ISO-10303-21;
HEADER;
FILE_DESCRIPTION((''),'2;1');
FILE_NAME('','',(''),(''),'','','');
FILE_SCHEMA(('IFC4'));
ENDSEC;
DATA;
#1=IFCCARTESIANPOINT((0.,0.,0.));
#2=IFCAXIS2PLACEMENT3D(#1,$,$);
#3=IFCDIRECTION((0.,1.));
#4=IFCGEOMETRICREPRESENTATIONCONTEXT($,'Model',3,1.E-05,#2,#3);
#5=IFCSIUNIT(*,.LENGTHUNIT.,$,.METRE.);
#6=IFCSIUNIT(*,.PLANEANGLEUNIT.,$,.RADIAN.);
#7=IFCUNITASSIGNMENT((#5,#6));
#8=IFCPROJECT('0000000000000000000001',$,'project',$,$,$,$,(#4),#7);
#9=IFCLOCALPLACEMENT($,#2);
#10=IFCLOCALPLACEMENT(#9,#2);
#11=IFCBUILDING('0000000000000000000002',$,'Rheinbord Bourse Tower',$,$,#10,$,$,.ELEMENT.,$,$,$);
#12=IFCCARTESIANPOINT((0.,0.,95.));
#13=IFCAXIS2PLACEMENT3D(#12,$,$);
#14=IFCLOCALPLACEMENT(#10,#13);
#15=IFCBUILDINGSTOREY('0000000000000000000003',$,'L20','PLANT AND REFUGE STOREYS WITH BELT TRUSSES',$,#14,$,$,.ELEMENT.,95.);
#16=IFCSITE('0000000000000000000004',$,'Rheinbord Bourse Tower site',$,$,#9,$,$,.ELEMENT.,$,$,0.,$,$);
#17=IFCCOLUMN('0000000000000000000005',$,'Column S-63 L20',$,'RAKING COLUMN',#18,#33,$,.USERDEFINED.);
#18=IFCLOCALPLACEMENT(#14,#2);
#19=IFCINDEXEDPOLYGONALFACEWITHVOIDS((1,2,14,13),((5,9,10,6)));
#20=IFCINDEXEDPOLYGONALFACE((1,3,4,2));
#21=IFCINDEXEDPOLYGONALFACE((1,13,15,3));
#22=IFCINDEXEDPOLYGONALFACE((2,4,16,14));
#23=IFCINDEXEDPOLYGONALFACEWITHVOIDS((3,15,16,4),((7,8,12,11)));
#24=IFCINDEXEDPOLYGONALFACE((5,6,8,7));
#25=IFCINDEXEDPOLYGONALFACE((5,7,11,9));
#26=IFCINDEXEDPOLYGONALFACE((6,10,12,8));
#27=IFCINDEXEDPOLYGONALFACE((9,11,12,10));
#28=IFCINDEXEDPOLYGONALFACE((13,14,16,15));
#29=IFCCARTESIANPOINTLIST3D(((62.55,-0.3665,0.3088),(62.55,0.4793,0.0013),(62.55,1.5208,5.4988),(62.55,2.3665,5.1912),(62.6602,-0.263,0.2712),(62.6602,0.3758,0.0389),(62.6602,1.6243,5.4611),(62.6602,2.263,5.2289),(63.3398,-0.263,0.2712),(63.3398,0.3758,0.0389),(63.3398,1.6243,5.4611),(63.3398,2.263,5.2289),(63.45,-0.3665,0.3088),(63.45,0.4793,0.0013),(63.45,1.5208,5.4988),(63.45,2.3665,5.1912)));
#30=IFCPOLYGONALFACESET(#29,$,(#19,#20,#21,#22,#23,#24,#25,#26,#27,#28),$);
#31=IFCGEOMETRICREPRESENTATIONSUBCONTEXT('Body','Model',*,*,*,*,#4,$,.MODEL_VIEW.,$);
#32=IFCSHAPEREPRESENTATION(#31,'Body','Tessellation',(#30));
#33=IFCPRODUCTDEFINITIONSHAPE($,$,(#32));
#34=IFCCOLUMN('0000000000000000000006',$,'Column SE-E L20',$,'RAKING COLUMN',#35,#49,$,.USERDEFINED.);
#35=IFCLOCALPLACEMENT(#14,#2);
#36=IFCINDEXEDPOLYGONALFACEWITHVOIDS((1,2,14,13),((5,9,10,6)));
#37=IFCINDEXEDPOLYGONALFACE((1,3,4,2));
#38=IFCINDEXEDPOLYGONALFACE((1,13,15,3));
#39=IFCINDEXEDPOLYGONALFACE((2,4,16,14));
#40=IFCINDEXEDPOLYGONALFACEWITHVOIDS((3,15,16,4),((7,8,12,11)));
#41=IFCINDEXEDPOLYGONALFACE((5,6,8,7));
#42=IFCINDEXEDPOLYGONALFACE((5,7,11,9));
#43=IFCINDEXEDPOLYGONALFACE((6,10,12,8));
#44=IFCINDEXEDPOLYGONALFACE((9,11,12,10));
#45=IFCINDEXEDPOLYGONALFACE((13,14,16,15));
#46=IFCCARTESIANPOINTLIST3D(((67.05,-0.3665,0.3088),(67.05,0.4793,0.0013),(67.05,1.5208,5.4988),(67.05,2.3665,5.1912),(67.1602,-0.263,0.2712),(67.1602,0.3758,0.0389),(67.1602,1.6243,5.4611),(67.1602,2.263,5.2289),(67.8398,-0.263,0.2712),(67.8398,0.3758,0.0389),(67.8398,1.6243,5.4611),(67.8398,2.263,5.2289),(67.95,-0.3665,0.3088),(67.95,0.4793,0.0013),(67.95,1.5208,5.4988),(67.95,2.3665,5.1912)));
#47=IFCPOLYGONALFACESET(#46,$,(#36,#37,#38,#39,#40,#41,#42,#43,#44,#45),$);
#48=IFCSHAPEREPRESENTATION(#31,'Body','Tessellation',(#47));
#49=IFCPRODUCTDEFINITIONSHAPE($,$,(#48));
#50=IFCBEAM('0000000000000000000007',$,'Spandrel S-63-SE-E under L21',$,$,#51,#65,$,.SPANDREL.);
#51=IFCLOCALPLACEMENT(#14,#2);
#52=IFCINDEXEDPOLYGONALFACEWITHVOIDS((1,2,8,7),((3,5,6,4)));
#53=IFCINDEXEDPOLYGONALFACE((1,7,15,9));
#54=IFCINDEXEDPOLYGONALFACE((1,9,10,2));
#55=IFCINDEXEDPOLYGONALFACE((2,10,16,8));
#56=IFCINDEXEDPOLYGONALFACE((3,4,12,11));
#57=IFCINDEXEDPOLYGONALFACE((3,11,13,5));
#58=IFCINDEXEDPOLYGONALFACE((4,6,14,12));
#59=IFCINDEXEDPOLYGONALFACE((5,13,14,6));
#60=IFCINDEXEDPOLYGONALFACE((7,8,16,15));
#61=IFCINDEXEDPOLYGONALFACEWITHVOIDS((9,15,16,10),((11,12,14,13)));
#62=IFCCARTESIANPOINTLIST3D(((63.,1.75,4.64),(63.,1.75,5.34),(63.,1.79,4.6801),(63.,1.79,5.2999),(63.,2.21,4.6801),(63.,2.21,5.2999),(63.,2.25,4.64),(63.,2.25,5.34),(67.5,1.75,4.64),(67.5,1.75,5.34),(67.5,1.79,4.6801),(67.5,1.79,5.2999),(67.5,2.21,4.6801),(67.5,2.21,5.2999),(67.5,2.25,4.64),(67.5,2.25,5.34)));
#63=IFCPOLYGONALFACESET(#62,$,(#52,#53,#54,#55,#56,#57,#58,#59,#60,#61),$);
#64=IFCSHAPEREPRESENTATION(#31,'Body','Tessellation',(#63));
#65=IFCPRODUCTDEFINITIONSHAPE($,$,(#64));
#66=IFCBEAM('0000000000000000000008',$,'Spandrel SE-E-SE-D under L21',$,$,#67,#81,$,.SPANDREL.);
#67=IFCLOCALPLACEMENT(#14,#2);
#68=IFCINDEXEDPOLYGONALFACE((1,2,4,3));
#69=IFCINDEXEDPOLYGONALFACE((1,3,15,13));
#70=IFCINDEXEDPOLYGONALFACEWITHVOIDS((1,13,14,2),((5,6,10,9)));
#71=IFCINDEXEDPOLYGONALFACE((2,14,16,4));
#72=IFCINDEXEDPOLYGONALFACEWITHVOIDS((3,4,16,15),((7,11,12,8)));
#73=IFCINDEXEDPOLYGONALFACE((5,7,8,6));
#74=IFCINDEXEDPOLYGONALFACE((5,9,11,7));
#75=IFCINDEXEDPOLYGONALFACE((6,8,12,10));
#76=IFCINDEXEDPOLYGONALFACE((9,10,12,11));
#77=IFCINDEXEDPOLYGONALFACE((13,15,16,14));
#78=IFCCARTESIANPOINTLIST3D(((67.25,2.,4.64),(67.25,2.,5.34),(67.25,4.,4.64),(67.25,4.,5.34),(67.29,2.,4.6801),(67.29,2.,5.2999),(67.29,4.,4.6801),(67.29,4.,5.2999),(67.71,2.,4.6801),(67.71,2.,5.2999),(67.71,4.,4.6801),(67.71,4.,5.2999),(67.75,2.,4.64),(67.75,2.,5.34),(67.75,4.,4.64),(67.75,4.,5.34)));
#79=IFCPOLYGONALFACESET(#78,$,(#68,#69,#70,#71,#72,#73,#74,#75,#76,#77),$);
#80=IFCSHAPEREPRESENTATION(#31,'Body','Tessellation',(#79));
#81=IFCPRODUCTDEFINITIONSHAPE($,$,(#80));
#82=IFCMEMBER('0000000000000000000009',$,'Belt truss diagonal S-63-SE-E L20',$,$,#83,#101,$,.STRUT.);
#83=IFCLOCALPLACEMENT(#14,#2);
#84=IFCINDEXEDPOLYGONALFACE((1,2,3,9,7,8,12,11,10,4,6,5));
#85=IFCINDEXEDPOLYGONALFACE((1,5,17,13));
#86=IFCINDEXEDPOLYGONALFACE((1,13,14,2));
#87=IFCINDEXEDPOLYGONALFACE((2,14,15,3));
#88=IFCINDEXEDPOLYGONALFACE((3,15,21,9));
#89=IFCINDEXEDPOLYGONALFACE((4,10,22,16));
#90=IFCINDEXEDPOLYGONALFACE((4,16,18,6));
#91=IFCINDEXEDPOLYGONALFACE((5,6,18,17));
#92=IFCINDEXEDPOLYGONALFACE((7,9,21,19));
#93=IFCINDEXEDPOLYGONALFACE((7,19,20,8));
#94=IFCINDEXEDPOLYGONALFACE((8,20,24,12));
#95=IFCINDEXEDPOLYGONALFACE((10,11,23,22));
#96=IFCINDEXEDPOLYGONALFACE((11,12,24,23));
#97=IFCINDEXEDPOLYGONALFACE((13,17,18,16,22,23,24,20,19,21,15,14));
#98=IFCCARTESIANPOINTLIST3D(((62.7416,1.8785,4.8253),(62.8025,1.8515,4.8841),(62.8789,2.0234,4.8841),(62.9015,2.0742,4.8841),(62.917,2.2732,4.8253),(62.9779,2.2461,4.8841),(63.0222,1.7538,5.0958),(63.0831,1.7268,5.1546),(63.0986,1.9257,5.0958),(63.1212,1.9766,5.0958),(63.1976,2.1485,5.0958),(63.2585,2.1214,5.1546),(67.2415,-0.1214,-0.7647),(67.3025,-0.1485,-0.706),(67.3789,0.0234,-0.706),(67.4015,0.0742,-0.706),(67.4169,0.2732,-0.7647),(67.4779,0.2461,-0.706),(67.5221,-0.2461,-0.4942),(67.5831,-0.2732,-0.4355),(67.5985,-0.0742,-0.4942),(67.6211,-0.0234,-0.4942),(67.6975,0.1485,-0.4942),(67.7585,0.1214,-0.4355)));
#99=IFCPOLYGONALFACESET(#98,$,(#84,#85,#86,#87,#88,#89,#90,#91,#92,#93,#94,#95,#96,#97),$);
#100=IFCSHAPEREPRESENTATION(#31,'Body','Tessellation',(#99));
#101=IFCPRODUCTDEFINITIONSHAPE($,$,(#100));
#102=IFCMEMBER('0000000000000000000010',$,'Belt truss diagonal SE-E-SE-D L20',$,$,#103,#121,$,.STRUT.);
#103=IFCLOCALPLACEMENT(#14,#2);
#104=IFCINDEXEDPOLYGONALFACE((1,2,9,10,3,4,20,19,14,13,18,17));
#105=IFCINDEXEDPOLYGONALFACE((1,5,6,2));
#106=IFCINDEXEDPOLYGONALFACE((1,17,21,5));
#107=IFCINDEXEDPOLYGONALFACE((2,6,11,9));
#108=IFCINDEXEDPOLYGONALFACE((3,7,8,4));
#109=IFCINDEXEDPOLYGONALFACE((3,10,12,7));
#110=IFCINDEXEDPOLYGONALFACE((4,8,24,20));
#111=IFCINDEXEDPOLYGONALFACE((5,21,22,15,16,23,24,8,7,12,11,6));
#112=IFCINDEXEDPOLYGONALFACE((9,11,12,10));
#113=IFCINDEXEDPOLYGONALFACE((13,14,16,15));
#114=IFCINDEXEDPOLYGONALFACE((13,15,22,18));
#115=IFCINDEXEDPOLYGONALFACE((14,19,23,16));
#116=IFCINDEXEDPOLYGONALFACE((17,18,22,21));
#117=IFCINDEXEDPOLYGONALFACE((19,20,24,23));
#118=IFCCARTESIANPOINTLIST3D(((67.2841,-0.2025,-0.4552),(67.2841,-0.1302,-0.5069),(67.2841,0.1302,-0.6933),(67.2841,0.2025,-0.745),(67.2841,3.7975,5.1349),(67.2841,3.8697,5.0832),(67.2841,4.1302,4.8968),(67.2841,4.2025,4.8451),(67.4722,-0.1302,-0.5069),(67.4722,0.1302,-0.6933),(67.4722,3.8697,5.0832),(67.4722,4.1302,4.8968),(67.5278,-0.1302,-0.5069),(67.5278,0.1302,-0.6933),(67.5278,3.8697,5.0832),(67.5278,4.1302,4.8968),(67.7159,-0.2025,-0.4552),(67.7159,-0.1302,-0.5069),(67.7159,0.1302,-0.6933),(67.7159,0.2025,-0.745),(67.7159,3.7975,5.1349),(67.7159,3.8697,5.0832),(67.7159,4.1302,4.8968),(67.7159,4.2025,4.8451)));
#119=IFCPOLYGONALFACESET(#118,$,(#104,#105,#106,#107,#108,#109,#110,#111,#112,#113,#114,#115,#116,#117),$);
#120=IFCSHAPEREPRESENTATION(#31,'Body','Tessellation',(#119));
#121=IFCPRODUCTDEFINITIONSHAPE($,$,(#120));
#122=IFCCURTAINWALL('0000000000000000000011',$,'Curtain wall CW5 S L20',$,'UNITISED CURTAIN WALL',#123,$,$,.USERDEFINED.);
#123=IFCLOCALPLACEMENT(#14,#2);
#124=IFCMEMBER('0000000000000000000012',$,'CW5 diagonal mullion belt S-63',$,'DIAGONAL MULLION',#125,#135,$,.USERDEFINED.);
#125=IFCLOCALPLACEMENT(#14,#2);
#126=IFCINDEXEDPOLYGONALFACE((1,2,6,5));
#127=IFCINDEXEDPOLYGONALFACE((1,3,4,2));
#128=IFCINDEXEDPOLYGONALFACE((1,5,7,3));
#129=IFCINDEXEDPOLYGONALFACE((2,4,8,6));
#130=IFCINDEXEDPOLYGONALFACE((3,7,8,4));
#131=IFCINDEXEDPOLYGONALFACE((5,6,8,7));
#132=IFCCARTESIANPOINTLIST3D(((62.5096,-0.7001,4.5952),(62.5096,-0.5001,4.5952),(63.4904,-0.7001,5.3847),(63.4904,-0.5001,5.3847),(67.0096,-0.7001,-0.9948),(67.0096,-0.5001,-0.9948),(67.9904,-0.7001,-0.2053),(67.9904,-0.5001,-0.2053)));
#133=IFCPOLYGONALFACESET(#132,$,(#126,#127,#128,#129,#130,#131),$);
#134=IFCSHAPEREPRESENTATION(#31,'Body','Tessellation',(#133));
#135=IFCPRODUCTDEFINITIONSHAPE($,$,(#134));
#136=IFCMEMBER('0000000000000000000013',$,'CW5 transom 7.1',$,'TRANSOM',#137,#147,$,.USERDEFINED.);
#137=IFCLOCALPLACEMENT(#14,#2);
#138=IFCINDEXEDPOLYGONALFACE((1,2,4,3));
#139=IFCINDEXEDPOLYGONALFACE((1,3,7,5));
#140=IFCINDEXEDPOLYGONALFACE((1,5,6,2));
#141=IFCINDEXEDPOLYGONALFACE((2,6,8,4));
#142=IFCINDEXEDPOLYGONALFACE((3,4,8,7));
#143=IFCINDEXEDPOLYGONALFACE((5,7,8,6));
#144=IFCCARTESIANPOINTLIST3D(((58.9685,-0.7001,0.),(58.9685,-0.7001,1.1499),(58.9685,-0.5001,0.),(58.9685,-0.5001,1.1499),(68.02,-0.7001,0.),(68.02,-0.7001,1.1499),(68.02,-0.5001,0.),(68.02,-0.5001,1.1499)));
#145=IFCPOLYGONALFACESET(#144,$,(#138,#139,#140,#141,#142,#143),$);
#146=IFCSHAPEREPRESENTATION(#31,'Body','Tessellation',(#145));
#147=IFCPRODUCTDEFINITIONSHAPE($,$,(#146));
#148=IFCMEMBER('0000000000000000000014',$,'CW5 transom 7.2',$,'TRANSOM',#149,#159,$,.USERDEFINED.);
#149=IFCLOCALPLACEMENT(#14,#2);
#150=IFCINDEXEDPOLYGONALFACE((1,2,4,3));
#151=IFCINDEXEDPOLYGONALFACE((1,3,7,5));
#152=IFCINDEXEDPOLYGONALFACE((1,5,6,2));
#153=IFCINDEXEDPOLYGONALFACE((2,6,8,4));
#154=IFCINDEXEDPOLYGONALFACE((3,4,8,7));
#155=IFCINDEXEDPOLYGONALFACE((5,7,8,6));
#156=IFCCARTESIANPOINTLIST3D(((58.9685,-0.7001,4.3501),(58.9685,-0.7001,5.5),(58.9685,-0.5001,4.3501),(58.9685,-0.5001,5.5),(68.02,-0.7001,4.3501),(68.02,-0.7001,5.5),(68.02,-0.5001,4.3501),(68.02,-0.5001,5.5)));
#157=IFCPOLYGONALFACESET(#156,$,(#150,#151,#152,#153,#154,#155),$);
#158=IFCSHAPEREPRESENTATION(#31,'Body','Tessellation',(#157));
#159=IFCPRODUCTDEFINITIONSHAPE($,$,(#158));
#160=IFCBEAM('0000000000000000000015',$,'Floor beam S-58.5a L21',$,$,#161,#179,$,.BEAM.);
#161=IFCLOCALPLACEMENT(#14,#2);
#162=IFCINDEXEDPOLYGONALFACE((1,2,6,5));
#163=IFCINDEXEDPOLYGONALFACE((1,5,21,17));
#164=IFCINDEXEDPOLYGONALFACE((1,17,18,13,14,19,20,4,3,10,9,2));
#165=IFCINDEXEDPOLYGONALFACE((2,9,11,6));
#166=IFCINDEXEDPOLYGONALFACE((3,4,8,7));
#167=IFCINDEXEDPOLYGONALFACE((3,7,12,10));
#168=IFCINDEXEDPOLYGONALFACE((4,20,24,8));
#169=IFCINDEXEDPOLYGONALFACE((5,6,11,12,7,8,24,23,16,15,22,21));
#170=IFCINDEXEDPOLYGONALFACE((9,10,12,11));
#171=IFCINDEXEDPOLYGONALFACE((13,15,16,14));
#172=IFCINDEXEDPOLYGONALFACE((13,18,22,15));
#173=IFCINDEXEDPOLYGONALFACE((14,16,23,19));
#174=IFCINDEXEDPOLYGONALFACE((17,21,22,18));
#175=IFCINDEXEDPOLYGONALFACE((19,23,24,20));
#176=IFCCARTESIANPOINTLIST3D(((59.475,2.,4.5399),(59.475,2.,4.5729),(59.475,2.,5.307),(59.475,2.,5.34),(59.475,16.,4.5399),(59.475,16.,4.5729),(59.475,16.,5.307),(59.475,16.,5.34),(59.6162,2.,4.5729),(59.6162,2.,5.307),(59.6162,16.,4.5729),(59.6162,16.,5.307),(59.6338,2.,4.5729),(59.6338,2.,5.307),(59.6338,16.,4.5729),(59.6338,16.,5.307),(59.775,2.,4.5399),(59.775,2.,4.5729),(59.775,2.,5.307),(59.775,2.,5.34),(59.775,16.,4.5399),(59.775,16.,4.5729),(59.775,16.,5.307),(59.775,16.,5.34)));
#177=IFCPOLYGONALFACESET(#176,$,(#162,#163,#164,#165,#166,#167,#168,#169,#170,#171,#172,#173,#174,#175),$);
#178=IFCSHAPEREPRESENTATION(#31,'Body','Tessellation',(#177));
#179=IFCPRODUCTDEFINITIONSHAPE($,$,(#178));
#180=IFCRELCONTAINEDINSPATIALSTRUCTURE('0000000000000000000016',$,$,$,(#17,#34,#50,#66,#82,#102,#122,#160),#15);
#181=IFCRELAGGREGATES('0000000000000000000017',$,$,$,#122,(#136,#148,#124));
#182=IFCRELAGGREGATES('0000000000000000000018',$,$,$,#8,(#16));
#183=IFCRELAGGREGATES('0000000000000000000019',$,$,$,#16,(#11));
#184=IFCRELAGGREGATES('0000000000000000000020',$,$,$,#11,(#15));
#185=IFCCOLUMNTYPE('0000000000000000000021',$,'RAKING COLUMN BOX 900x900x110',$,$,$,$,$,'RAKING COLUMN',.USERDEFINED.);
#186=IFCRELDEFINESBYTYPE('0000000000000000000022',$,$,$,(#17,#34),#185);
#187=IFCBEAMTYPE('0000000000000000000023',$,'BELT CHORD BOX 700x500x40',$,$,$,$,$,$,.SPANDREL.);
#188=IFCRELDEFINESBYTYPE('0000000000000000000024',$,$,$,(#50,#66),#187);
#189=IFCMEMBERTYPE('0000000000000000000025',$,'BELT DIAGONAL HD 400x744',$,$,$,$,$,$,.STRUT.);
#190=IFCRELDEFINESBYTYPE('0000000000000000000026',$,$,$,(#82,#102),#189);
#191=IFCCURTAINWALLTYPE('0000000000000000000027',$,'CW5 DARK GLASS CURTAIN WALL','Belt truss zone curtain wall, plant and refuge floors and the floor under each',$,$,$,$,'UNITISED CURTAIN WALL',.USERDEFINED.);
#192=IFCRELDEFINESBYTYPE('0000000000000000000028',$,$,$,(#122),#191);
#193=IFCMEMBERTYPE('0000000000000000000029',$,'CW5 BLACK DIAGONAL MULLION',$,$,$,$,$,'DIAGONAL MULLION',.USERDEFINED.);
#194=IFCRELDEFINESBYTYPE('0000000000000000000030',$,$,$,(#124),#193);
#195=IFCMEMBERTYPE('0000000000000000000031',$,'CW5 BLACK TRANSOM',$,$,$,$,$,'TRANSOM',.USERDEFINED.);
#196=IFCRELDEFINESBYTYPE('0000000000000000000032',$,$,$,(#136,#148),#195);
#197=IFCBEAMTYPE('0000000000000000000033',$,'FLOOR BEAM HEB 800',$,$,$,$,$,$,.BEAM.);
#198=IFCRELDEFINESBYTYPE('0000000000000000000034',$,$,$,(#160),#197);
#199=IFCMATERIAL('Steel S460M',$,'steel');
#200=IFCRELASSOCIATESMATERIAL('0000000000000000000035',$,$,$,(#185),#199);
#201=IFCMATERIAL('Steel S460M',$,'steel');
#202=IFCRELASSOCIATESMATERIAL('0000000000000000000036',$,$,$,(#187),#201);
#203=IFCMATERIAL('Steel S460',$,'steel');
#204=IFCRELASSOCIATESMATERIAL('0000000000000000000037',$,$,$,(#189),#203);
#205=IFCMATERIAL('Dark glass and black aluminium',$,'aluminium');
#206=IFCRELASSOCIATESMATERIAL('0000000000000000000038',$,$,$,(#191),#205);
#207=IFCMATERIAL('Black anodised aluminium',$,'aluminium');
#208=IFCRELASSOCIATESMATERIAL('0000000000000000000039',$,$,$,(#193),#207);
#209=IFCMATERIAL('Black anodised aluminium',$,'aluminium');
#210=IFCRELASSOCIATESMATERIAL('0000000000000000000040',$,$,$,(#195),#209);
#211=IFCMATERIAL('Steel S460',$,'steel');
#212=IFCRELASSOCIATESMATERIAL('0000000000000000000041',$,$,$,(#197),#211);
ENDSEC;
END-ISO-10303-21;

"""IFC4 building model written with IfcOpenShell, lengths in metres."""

from ifc_helpers import new_model, si_unit, direction, frame, origin, origin_2d, place, context, subcontext, project, spatial, rectangle, hollow_rectangle, i_section, extrude, material, material_profile, profile_set, type_object, element, aggregate, save


model = new_model("IFC4")

# Units and contexts
model_context = context("Model", 3, precision=1e-05, world=origin(), true_north=direction((0.0, 1.0)))
body_context = subcontext(model_context, "Body", "Model", "MODEL_VIEW")
ifc_project = project(units=[si_unit("LENGTHUNIT", "METRE"), si_unit("PLANEANGLEUNIT", "RADIAN")], contexts=[model_context])

# Site, building, storey
site_placement = place(None, origin())
site = spatial("IfcSite", under=ifc_project, at=site_placement, Name="Rheinbord Bourse Tower site", CompositionType="ELEMENT", RefElevation=0.0)
building_placement = place(site_placement, origin())
building = spatial("IfcBuilding", under=site, at=building_placement, Name="Rheinbord Bourse Tower", CompositionType="ELEMENT")
storey_placement = place(building_placement, frame((0.0, 0.0, 95.0)))
storey = spatial("IfcBuildingStorey", under=building, at=storey_placement, Name="L20", Description="PLANT AND REFUGE STOREYS WITH BELT TRUSSES", CompositionType="ELEMENT", Elevation=95.0)

# Columns
ifc_material_1 = material(Name="Steel S460M", Category="steel")
ifc_material_profile_1 = material_profile(ifc_material_1, hollow_rectangle(XDim=0.8999, YDim=0.8999, WallThickness=0.1101, at=origin_2d()), Name="BOX 900x900x110")
ifc_profile_set_1 = profile_set([ifc_material_profile_1], Name="Steel S460M")
column_type = type_object("IfcColumnType", Name="RAKING COLUMN BOX 900x900x110", ElementType="RAKING COLUMN", PredefinedType="USERDEFINED", material=ifc_profile_set_1)
for number, where, z_axis, x_axis, name in (
    (1, (63.0, 0.0564, 0.155), (0.0, 0.341743, 0.939793), (0.0, -0.939793, 0.341743), "Column S-63 L20"),
    (2, (67.5, 0.0564, 0.155), (0.0, 0.341743, 0.939793), (0.0, -0.939793, 0.341743), "Column SE-E L20"),
):
    element("IfcColumn", number, at=place(storey_placement, frame(where, z_axis=z_axis, x_axis=x_axis)), inside=storey, type_object=column_type, Name=name, ObjectType="RAKING COLUMN", PredefinedType="USERDEFINED", context=body_context, shape_type="SweptSolid", body=[
        extrude(hollow_rectangle(XDim=0.8999, YDim=0.8999, WallThickness=0.1101, at=origin_2d()), origin(), (0.0, 0.0, 1.0), 5.5225),
    ])

# Beams
ifc_material_2 = material(Name="Steel S460M", Category="steel")
ifc_material_profile_2 = material_profile(ifc_material_2, hollow_rectangle(XDim=0.5, YDim=0.7, WallThickness=0.04, at=origin_2d()), Name="BOX 700x500x40")
ifc_profile_set_2 = profile_set([ifc_material_profile_2], Name="Steel S460M")
beam_type_1 = type_object("IfcBeamType", Name="BELT CHORD BOX 700x500x40", PredefinedType="SPANDREL", material=ifc_profile_set_2)
beam_1_placement = place(storey_placement, frame((63.0, 2.0, 4.99), z_axis=(1.0, 0.0, 0.0), x_axis=(0.0, 1.0, 0.0)))
element("IfcBeam", 3, at=beam_1_placement, inside=storey, type_object=beam_type_1, Name="Spandrel S-63-SE-E under L21", PredefinedType="SPANDREL", context=body_context, shape_type="SweptSolid", body=[
    extrude(hollow_rectangle(XDim=0.5, YDim=0.7, WallThickness=0.04, at=origin_2d()), origin(), (0.0, 0.0, 1.0), 4.5),
])
beam_2_placement = place(storey_placement, frame((67.5, 2.0, 4.99), z_axis=(0.0, 1.0, 0.0), x_axis=(-1.0, 0.0, 0.0)))
element("IfcBeam", 4, at=beam_2_placement, inside=storey, type_object=beam_type_1, Name="Spandrel SE-E-SE-D under L21", PredefinedType="SPANDREL", context=body_context, shape_type="SweptSolid", body=[
    extrude(hollow_rectangle(XDim=0.5, YDim=0.7, WallThickness=0.04, at=origin_2d()), origin(), (0.0, 0.0, 1.0), 2.0),
])

# Members
ifc_material_3 = material(Name="Steel S460", Category="steel")
ifc_material_profile_3 = material_profile(ifc_material_3, i_section(OverallWidth=0.4319, OverallDepth=0.498, WebThickness=0.0557, FlangeThickness=0.0889, at=origin_2d()), Name="HD 400x744")
ifc_profile_set_3 = profile_set([ifc_material_profile_3], Name="Steel S460")
member_type_1 = type_object("IfcMemberType", Name="BELT DIAGONAL HD 400x744", PredefinedType="STRUT", material=ifc_profile_set_3)
member_1_placement = place(storey_placement, frame((67.5, 0.0, -0.6001), z_axis=(-0.604045, 0.268465, 0.75037), x_axis=(-0.406138, -0.913812, 0.0)))
element("IfcMember", 5, at=member_1_placement, inside=storey, type_object=member_type_1, Name="Belt truss diagonal S-63-SE-E L20", PredefinedType="STRUT", context=body_context, shape_type="SweptSolid", body=[
    extrude(i_section(OverallWidth=0.4319, OverallDepth=0.498, WebThickness=0.0557, FlangeThickness=0.0889, at=origin_2d()), origin(), (0.0, 0.0, 1.0), 7.4497),
])
member_2_placement = place(storey_placement, frame((67.5, 0.0, -0.6001), z_axis=(0.0, 0.58192, 0.813246), x_axis=(-1.0, 0.0, 0.0)))
element("IfcMember", 6, at=member_2_placement, inside=storey, type_object=member_type_1, Name="Belt truss diagonal SE-E-SE-D L20", PredefinedType="STRUT", context=body_context, shape_type="SweptSolid", body=[
    extrude(i_section(OverallWidth=0.4319, OverallDepth=0.498, WebThickness=0.0557, FlangeThickness=0.0889, at=origin_2d()), origin(), (0.0, 0.0, 1.0), 6.8738),
])

# Curtain wall, members
ifc_material_4 = material(Name="Dark glass and black aluminium", Category="aluminium")
curtain_wall_type = type_object("IfcCurtainWallType", Name="CW5 DARK GLASS CURTAIN WALL", Description="Belt truss zone curtain wall, plant and refuge floors and the floor under each", ElementType="UNITISED CURTAIN WALL", PredefinedType="USERDEFINED", material=ifc_material_4)
curtain_wall_placement = place(storey_placement, origin())
curtain_wall = element("IfcCurtainWall", 7, at=curtain_wall_placement, inside=storey, type_object=curtain_wall_type, Name="Curtain wall CW5 S L20", ObjectType="UNITISED CURTAIN WALL", PredefinedType="USERDEFINED")
ifc_material_5 = material(Name="Black anodised aluminium", Category="aluminium")
ifc_material_profile_4 = material_profile(ifc_material_5, rectangle(XDim=0.2, YDim=1.259, at=origin_2d()), Name="CW5 DIAGONAL MULLION 1259x200")
ifc_profile_set_4 = profile_set([ifc_material_profile_4], Name="Black anodised aluminium")
member_type_2 = type_object("IfcMemberType", Name="CW5 BLACK DIAGONAL MULLION", ElementType="DIAGONAL MULLION", PredefinedType="USERDEFINED", material=ifc_profile_set_4)
member_3_placement = place(storey_placement, frame((67.5, -0.6001, -0.6001), z_axis=(-0.627065, 0.0, 0.778967), x_axis=(0.0, -1.0, 0.0)))
member_3 = element("IfcMember", 8, at=member_3_placement, type_object=member_type_2, Name="CW5 diagonal mullion belt S-63", ObjectType="DIAGONAL MULLION", PredefinedType="USERDEFINED", context=body_context, shape_type="SweptSolid", body=[
    extrude(rectangle(XDim=0.2, YDim=1.259, at=origin_2d()), origin(), (0.0, 0.0, 1.0), 7.1763),
])
ifc_material_6 = material(Name="Black anodised aluminium", Category="aluminium")
ifc_material_profile_5 = material_profile(ifc_material_6, rectangle(XDim=0.2, YDim=1.1499, at=origin_2d()), Name="CW5 TRANSOM 1150x200")
ifc_profile_set_5 = profile_set([ifc_material_profile_5], Name="Black anodised aluminium")
member_type_3 = type_object("IfcMemberType", Name="CW5 BLACK TRANSOM", ElementType="TRANSOM", PredefinedType="USERDEFINED", material=ifc_profile_set_5)
member_4_placement = place(storey_placement, frame((58.9685, -0.6001, 0.575), z_axis=(1.0, 0.0, 0.0), x_axis=(0.0, 1.0, 0.0)))
member_4 = element("IfcMember", 9, at=member_4_placement, type_object=member_type_3, Name="CW5 transom 7.1", ObjectType="TRANSOM", PredefinedType="USERDEFINED", context=body_context, shape_type="SweptSolid", body=[
    extrude(rectangle(XDim=0.2, YDim=1.1499, at=origin_2d()), origin(), (0.0, 0.0, 1.0), 9.0515),
])
member_5_placement = place(storey_placement, frame((58.9685, -0.6001, 4.925), z_axis=(1.0, 0.0, 0.0), x_axis=(0.0, 1.0, 0.0)))
member_5 = element("IfcMember", 10, at=member_5_placement, type_object=member_type_3, Name="CW5 transom 7.2", ObjectType="TRANSOM", PredefinedType="USERDEFINED", context=body_context, shape_type="SweptSolid", body=[
    extrude(rectangle(XDim=0.2, YDim=1.1499, at=origin_2d()), origin(), (0.0, 0.0, 1.0), 9.0515),
])

# Beam
ifc_material_7 = material(Name="Steel S460", Category="steel")
ifc_material_profile_6 = material_profile(ifc_material_7, i_section(OverallWidth=0.3, OverallDepth=0.8, WebThickness=0.0176, FlangeThickness=0.033, at=origin_2d()), Name="HEB 800")
ifc_profile_set_6 = profile_set([ifc_material_profile_6], Name="Steel S460")
beam_type_2 = type_object("IfcBeamType", Name="FLOOR BEAM HEB 800", PredefinedType="BEAM", material=ifc_profile_set_6)
for number, where, z_axis, x_axis, name in (
    (11, (59.625, 2.0, 4.9399), (0.0, 1.0, 0.0), (-1.0, 0.0, 0.0), "Floor beam S-58.5a L21"),
):
    element("IfcBeam", number, at=place(storey_placement, frame(where, z_axis=z_axis, x_axis=x_axis)), inside=storey, type_object=beam_type_2, Name=name, PredefinedType="BEAM", context=body_context, shape_type="SweptSolid", body=[
        extrude(i_section(OverallWidth=0.3, OverallDepth=0.8, WebThickness=0.0176, FlangeThickness=0.033, at=origin_2d()), origin(), (0.0, 0.0, 1.0), 14.0),
    ])

aggregate(curtain_wall, [member_4, member_5, member_3])

save(model, "model.ifc")
